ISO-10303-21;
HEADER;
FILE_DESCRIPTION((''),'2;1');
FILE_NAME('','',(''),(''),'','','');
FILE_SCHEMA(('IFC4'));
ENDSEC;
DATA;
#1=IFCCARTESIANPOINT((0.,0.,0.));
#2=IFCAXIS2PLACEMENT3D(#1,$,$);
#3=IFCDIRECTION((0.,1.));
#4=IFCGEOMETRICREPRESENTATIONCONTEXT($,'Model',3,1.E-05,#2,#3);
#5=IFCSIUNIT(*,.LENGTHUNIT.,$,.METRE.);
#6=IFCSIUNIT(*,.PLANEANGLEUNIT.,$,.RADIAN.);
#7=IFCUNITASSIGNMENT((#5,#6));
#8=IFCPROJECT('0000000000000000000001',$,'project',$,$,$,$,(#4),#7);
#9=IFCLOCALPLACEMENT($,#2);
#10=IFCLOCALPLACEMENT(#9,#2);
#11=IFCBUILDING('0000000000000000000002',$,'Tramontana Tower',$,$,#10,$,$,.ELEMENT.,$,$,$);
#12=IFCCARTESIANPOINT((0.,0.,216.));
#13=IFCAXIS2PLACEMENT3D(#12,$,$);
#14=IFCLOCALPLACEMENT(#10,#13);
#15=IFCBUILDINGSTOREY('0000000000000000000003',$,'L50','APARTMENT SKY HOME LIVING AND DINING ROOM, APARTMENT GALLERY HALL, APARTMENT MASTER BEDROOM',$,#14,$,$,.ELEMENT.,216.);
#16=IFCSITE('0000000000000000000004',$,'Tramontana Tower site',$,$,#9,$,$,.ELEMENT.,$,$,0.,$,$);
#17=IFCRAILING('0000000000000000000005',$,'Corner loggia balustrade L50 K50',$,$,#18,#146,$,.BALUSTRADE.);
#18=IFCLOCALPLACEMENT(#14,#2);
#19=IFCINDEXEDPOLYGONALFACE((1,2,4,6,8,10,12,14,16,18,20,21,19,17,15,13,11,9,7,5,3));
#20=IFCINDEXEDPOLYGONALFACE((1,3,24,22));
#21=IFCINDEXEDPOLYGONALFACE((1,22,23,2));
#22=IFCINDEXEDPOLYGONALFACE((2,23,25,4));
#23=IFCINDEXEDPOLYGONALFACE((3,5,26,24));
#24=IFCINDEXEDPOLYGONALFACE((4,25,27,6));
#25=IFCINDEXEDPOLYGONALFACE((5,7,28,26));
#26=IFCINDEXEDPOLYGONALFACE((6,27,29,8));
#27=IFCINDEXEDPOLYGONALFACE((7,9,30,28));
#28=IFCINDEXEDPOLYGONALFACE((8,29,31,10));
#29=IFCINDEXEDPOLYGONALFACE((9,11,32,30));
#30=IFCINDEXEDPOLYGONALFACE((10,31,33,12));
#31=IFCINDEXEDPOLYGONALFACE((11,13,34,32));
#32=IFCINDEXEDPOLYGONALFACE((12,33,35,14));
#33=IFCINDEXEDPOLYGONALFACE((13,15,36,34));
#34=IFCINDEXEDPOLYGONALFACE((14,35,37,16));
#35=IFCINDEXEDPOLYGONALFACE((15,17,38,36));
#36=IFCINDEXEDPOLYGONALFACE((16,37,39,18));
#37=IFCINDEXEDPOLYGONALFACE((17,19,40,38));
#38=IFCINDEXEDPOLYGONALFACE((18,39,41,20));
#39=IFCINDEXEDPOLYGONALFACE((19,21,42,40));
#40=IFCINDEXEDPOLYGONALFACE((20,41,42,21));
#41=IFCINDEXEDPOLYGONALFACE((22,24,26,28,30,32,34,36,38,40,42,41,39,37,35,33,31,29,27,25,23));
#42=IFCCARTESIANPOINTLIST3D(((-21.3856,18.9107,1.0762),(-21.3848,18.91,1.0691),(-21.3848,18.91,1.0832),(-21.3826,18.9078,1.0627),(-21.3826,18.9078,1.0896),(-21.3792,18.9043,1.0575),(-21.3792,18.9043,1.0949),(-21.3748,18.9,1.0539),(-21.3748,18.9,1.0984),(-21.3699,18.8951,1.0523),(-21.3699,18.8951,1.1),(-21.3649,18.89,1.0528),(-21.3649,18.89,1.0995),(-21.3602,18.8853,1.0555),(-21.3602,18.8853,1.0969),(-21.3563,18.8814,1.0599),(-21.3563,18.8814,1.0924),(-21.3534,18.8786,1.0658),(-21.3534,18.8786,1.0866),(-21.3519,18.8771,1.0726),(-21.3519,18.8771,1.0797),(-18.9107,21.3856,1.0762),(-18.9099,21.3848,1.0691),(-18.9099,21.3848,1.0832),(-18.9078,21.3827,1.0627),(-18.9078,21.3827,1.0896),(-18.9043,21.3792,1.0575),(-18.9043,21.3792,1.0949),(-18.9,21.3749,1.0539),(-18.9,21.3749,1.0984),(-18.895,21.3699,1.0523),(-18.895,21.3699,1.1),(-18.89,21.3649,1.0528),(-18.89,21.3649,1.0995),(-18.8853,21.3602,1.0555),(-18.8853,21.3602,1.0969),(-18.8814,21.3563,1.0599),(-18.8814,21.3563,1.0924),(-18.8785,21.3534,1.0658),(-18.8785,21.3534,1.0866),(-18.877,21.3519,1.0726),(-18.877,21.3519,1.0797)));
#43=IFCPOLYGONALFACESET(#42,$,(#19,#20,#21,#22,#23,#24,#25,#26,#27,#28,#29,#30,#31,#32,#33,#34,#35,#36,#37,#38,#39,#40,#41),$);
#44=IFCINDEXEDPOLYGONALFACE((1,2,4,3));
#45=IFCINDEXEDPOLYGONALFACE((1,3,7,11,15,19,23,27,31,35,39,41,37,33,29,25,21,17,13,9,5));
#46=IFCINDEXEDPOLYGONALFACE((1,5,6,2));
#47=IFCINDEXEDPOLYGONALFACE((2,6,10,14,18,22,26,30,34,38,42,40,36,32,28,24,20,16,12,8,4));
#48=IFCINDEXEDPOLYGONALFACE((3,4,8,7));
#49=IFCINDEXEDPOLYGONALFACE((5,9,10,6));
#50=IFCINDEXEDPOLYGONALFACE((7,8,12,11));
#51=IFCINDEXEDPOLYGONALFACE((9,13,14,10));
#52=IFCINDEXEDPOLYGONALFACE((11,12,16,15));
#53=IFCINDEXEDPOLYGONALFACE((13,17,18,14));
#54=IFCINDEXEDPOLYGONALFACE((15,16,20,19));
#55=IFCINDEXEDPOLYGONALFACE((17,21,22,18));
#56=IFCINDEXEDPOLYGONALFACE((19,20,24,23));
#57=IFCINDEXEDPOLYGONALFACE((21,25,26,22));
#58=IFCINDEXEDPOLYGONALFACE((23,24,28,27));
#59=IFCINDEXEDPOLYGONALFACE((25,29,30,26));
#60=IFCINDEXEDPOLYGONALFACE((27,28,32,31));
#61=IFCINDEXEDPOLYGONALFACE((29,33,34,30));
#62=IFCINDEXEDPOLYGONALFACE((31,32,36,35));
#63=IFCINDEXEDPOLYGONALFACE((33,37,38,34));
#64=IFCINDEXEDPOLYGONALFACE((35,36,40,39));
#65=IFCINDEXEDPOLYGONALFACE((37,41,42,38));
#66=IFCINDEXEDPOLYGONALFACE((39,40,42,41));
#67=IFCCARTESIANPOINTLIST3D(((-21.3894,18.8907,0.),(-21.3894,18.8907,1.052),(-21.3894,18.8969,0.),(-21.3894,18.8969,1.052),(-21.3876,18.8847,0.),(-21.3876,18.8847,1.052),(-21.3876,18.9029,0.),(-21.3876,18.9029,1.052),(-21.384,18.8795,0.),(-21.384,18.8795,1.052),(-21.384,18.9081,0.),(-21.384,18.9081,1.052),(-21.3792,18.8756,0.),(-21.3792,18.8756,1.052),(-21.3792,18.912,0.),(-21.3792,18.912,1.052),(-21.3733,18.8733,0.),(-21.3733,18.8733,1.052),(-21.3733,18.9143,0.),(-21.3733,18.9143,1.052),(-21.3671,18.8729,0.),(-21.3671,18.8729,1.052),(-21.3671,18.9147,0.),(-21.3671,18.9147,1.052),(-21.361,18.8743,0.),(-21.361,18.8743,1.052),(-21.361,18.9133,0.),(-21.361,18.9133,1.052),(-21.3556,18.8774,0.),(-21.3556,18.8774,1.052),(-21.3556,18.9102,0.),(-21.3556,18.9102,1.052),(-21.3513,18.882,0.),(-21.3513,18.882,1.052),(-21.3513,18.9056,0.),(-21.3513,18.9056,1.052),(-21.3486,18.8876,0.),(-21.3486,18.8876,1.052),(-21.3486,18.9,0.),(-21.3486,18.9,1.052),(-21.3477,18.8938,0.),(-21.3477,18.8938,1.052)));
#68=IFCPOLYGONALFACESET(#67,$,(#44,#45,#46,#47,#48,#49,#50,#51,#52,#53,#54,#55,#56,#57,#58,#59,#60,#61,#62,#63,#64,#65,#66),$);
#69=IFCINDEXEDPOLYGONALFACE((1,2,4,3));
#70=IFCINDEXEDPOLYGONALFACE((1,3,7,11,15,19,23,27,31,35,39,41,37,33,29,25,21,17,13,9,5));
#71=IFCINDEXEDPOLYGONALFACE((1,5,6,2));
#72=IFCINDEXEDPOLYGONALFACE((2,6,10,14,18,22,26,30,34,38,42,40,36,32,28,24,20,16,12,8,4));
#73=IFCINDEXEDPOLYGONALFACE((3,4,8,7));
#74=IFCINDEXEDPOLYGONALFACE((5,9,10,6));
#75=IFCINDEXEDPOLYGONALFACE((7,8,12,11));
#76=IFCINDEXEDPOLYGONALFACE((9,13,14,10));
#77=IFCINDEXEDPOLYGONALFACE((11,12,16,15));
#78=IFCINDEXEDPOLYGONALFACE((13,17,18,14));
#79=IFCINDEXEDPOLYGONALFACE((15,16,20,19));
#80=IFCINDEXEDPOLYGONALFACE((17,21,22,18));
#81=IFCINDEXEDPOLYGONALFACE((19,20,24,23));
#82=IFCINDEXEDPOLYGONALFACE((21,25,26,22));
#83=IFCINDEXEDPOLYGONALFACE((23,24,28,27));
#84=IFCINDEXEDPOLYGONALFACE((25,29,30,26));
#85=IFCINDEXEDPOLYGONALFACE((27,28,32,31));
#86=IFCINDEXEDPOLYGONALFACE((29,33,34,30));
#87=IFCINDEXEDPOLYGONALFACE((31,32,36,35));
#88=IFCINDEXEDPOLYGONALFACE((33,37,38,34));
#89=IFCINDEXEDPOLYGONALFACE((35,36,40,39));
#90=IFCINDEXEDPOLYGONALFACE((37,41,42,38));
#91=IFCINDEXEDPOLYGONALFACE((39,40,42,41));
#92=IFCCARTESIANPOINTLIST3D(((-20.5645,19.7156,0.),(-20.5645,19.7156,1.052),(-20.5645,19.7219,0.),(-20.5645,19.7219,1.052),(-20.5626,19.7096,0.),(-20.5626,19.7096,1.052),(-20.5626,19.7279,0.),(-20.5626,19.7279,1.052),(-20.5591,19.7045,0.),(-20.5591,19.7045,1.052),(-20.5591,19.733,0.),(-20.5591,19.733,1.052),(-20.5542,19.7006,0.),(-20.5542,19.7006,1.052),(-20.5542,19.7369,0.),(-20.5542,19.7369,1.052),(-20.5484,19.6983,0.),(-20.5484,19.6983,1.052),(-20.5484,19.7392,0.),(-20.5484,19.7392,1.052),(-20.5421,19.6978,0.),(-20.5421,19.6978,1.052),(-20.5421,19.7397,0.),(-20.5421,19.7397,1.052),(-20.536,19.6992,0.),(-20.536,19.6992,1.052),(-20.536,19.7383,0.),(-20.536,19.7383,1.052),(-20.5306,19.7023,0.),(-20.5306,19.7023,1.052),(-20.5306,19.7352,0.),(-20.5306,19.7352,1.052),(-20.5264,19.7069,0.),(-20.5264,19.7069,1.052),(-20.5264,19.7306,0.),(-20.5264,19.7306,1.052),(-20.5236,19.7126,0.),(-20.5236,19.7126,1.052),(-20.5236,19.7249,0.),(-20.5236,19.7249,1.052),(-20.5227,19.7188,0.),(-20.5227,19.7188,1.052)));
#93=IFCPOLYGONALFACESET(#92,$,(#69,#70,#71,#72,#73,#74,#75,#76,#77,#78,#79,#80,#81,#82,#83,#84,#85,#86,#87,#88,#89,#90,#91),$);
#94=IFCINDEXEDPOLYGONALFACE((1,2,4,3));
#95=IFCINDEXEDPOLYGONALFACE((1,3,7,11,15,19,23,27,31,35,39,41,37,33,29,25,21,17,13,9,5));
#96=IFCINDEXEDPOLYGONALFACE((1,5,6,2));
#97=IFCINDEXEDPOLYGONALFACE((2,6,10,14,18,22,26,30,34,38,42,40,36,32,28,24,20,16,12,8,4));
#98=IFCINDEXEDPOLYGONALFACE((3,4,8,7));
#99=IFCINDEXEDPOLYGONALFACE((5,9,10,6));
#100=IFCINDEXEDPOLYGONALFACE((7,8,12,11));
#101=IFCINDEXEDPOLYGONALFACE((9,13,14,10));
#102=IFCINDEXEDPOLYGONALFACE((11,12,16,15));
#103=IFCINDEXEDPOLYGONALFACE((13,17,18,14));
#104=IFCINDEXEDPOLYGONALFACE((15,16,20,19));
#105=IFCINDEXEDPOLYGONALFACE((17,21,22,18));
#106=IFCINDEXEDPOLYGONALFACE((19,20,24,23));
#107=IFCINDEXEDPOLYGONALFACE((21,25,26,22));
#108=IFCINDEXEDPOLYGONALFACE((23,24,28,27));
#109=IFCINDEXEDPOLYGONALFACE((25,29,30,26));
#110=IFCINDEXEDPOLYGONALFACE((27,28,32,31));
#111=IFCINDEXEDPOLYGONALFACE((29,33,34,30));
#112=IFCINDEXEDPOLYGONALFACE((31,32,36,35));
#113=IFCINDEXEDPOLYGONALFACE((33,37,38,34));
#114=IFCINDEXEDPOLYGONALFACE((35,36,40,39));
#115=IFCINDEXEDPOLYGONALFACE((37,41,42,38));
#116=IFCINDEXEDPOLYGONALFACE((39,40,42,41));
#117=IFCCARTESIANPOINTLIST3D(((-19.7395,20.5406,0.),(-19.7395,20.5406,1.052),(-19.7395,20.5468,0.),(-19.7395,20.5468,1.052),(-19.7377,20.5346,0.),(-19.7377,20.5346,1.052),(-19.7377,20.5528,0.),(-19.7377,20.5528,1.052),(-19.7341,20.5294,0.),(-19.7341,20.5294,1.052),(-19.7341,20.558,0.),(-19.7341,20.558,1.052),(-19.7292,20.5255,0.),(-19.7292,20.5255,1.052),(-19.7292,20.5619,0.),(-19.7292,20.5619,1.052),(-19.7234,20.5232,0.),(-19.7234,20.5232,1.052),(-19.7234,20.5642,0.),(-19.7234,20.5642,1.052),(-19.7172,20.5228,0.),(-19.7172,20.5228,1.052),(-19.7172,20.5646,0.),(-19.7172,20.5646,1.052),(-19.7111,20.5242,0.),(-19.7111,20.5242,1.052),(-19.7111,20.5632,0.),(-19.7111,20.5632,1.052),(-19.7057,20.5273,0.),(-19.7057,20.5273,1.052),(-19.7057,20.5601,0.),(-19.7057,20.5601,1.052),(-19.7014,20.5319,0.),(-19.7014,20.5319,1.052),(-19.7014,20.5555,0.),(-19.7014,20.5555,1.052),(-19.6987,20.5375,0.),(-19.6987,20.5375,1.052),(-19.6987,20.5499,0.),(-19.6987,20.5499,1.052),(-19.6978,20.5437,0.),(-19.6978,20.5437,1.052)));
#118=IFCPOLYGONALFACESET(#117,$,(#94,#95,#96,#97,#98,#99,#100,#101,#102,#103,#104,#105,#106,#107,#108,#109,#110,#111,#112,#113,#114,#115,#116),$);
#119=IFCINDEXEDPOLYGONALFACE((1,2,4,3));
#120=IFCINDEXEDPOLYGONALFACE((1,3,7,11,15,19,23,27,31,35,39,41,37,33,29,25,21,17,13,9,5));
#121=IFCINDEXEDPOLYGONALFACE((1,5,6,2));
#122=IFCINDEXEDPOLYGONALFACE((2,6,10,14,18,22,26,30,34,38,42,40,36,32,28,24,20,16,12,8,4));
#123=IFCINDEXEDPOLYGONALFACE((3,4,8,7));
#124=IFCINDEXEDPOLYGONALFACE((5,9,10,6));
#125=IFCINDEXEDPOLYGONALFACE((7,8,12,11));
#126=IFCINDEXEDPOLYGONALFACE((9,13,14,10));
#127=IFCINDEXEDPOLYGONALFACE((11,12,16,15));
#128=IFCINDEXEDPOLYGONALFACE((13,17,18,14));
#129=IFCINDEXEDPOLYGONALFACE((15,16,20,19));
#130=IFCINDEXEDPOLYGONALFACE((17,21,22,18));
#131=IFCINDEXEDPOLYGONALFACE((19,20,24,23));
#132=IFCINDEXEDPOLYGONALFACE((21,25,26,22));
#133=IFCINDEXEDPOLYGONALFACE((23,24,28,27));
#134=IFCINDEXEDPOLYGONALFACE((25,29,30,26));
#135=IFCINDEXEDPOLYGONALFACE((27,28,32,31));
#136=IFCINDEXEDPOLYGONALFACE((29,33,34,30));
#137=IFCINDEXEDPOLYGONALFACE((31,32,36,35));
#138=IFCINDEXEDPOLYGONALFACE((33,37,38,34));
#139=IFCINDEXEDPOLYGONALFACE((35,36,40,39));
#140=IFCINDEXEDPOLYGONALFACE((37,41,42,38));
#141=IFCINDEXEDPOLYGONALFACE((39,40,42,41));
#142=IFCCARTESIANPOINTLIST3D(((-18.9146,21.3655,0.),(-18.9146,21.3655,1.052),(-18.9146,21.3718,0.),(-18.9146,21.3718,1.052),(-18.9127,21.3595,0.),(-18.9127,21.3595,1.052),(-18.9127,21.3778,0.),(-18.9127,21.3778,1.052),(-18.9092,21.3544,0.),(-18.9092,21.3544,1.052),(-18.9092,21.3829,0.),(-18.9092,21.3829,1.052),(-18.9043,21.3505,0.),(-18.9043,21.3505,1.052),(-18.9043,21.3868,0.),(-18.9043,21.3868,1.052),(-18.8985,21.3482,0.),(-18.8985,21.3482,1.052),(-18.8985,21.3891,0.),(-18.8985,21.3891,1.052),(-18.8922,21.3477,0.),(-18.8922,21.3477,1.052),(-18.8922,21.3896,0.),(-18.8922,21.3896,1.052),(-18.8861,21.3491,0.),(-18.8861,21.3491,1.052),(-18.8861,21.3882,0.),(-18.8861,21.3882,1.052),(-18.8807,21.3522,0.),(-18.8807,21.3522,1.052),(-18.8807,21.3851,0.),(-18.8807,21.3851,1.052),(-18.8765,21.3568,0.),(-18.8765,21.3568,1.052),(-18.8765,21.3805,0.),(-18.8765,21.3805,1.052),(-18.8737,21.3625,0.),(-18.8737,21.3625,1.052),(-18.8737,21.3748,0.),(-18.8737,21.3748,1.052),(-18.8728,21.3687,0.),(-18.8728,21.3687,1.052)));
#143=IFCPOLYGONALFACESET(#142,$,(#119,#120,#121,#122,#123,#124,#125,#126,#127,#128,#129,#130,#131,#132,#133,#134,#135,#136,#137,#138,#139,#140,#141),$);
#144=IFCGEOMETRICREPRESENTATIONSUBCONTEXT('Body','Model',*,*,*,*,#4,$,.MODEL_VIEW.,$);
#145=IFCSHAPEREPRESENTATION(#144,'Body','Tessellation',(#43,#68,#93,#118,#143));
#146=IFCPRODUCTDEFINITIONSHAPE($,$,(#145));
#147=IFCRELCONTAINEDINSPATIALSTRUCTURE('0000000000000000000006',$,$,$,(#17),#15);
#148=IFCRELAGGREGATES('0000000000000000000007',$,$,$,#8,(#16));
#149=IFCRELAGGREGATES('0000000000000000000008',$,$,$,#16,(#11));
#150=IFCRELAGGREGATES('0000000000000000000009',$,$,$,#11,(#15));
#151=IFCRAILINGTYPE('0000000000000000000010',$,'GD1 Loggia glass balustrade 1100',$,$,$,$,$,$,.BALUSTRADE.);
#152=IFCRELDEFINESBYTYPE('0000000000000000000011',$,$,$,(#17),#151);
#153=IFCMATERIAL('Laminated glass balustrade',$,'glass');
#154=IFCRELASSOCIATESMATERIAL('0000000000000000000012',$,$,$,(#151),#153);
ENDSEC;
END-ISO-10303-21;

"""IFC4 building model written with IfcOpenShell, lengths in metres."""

from ifc_helpers import new_model, si_unit, direction, frame, origin, origin_2d, place, context, subcontext, project, spatial, circle, extrude, material, type_object, element, save


model = new_model("IFC4")

# Units and contexts
model_context = context("Model", 3, precision=1e-05, world=origin(), true_north=direction((0.0, 1.0)))
body_context = subcontext(model_context, "Body", "Model", "MODEL_VIEW")
ifc_project = project(units=[si_unit("LENGTHUNIT", "METRE"), si_unit("PLANEANGLEUNIT", "RADIAN")], contexts=[model_context])

# Site, building, storey
site_placement = place(None, origin())
site = spatial("IfcSite", under=ifc_project, at=site_placement, Name="Tramontana Tower site", CompositionType="ELEMENT", RefElevation=0.0)
building_placement = place(site_placement, origin())
building = spatial("IfcBuilding", under=site, at=building_placement, Name="Tramontana Tower", CompositionType="ELEMENT")
storey_placement = place(building_placement, frame((0.0, 0.0, 216.0)))
storey = spatial("IfcBuildingStorey", under=building, at=storey_placement, Name="L50", Description="APARTMENT SKY HOME LIVING AND DINING ROOM, APARTMENT GALLERY HALL, APARTMENT MASTER BEDROOM", CompositionType="ELEMENT", Elevation=216.0)

# Railing
ifc_material_1 = material(Name="Laminated glass balustrade", Category="glass")
railing_type = type_object("IfcRailingType", Name="GD1 Loggia glass balustrade 1100", PredefinedType="BALUSTRADE", material=ifc_material_1)
railing_placement = place(storey_placement, frame((-21.3687, 18.8938, 0.0)))
element("IfcRailing", 1, at=railing_placement, inside=storey, type_object=railing_type, Name="Corner loggia balustrade L50 K50", PredefinedType="BALUSTRADE", context=body_context, shape_type="SweptSolid", body=[
    extrude(circle(Radius=0.0239, at=origin_2d()), frame((0.0, 0.0, 1.0762), z_axis=(0.707107, 0.707107, 0.0), x_axis=(-0.707107, 0.707107, 0.0)), (0.0, 0.0, 1.0), 3.5),
    extrude(circle(Radius=0.021, at=origin_2d()), origin(), (0.0, 0.0, 1.0), 1.052),
    extrude(circle(Radius=0.021, at=origin_2d()), frame((0.825, 0.825, 0.0)), (0.0, 0.0, 1.0), 1.052),
    extrude(circle(Radius=0.021, at=origin_2d()), frame((1.6499, 1.6499, 0.0)), (0.0, 0.0, 1.0), 1.052),
    extrude(circle(Radius=0.021, at=origin_2d()), frame((2.4749, 2.4749, 0.0)), (0.0, 0.0, 1.0), 1.052),
])

save(model, "model.ifc")
